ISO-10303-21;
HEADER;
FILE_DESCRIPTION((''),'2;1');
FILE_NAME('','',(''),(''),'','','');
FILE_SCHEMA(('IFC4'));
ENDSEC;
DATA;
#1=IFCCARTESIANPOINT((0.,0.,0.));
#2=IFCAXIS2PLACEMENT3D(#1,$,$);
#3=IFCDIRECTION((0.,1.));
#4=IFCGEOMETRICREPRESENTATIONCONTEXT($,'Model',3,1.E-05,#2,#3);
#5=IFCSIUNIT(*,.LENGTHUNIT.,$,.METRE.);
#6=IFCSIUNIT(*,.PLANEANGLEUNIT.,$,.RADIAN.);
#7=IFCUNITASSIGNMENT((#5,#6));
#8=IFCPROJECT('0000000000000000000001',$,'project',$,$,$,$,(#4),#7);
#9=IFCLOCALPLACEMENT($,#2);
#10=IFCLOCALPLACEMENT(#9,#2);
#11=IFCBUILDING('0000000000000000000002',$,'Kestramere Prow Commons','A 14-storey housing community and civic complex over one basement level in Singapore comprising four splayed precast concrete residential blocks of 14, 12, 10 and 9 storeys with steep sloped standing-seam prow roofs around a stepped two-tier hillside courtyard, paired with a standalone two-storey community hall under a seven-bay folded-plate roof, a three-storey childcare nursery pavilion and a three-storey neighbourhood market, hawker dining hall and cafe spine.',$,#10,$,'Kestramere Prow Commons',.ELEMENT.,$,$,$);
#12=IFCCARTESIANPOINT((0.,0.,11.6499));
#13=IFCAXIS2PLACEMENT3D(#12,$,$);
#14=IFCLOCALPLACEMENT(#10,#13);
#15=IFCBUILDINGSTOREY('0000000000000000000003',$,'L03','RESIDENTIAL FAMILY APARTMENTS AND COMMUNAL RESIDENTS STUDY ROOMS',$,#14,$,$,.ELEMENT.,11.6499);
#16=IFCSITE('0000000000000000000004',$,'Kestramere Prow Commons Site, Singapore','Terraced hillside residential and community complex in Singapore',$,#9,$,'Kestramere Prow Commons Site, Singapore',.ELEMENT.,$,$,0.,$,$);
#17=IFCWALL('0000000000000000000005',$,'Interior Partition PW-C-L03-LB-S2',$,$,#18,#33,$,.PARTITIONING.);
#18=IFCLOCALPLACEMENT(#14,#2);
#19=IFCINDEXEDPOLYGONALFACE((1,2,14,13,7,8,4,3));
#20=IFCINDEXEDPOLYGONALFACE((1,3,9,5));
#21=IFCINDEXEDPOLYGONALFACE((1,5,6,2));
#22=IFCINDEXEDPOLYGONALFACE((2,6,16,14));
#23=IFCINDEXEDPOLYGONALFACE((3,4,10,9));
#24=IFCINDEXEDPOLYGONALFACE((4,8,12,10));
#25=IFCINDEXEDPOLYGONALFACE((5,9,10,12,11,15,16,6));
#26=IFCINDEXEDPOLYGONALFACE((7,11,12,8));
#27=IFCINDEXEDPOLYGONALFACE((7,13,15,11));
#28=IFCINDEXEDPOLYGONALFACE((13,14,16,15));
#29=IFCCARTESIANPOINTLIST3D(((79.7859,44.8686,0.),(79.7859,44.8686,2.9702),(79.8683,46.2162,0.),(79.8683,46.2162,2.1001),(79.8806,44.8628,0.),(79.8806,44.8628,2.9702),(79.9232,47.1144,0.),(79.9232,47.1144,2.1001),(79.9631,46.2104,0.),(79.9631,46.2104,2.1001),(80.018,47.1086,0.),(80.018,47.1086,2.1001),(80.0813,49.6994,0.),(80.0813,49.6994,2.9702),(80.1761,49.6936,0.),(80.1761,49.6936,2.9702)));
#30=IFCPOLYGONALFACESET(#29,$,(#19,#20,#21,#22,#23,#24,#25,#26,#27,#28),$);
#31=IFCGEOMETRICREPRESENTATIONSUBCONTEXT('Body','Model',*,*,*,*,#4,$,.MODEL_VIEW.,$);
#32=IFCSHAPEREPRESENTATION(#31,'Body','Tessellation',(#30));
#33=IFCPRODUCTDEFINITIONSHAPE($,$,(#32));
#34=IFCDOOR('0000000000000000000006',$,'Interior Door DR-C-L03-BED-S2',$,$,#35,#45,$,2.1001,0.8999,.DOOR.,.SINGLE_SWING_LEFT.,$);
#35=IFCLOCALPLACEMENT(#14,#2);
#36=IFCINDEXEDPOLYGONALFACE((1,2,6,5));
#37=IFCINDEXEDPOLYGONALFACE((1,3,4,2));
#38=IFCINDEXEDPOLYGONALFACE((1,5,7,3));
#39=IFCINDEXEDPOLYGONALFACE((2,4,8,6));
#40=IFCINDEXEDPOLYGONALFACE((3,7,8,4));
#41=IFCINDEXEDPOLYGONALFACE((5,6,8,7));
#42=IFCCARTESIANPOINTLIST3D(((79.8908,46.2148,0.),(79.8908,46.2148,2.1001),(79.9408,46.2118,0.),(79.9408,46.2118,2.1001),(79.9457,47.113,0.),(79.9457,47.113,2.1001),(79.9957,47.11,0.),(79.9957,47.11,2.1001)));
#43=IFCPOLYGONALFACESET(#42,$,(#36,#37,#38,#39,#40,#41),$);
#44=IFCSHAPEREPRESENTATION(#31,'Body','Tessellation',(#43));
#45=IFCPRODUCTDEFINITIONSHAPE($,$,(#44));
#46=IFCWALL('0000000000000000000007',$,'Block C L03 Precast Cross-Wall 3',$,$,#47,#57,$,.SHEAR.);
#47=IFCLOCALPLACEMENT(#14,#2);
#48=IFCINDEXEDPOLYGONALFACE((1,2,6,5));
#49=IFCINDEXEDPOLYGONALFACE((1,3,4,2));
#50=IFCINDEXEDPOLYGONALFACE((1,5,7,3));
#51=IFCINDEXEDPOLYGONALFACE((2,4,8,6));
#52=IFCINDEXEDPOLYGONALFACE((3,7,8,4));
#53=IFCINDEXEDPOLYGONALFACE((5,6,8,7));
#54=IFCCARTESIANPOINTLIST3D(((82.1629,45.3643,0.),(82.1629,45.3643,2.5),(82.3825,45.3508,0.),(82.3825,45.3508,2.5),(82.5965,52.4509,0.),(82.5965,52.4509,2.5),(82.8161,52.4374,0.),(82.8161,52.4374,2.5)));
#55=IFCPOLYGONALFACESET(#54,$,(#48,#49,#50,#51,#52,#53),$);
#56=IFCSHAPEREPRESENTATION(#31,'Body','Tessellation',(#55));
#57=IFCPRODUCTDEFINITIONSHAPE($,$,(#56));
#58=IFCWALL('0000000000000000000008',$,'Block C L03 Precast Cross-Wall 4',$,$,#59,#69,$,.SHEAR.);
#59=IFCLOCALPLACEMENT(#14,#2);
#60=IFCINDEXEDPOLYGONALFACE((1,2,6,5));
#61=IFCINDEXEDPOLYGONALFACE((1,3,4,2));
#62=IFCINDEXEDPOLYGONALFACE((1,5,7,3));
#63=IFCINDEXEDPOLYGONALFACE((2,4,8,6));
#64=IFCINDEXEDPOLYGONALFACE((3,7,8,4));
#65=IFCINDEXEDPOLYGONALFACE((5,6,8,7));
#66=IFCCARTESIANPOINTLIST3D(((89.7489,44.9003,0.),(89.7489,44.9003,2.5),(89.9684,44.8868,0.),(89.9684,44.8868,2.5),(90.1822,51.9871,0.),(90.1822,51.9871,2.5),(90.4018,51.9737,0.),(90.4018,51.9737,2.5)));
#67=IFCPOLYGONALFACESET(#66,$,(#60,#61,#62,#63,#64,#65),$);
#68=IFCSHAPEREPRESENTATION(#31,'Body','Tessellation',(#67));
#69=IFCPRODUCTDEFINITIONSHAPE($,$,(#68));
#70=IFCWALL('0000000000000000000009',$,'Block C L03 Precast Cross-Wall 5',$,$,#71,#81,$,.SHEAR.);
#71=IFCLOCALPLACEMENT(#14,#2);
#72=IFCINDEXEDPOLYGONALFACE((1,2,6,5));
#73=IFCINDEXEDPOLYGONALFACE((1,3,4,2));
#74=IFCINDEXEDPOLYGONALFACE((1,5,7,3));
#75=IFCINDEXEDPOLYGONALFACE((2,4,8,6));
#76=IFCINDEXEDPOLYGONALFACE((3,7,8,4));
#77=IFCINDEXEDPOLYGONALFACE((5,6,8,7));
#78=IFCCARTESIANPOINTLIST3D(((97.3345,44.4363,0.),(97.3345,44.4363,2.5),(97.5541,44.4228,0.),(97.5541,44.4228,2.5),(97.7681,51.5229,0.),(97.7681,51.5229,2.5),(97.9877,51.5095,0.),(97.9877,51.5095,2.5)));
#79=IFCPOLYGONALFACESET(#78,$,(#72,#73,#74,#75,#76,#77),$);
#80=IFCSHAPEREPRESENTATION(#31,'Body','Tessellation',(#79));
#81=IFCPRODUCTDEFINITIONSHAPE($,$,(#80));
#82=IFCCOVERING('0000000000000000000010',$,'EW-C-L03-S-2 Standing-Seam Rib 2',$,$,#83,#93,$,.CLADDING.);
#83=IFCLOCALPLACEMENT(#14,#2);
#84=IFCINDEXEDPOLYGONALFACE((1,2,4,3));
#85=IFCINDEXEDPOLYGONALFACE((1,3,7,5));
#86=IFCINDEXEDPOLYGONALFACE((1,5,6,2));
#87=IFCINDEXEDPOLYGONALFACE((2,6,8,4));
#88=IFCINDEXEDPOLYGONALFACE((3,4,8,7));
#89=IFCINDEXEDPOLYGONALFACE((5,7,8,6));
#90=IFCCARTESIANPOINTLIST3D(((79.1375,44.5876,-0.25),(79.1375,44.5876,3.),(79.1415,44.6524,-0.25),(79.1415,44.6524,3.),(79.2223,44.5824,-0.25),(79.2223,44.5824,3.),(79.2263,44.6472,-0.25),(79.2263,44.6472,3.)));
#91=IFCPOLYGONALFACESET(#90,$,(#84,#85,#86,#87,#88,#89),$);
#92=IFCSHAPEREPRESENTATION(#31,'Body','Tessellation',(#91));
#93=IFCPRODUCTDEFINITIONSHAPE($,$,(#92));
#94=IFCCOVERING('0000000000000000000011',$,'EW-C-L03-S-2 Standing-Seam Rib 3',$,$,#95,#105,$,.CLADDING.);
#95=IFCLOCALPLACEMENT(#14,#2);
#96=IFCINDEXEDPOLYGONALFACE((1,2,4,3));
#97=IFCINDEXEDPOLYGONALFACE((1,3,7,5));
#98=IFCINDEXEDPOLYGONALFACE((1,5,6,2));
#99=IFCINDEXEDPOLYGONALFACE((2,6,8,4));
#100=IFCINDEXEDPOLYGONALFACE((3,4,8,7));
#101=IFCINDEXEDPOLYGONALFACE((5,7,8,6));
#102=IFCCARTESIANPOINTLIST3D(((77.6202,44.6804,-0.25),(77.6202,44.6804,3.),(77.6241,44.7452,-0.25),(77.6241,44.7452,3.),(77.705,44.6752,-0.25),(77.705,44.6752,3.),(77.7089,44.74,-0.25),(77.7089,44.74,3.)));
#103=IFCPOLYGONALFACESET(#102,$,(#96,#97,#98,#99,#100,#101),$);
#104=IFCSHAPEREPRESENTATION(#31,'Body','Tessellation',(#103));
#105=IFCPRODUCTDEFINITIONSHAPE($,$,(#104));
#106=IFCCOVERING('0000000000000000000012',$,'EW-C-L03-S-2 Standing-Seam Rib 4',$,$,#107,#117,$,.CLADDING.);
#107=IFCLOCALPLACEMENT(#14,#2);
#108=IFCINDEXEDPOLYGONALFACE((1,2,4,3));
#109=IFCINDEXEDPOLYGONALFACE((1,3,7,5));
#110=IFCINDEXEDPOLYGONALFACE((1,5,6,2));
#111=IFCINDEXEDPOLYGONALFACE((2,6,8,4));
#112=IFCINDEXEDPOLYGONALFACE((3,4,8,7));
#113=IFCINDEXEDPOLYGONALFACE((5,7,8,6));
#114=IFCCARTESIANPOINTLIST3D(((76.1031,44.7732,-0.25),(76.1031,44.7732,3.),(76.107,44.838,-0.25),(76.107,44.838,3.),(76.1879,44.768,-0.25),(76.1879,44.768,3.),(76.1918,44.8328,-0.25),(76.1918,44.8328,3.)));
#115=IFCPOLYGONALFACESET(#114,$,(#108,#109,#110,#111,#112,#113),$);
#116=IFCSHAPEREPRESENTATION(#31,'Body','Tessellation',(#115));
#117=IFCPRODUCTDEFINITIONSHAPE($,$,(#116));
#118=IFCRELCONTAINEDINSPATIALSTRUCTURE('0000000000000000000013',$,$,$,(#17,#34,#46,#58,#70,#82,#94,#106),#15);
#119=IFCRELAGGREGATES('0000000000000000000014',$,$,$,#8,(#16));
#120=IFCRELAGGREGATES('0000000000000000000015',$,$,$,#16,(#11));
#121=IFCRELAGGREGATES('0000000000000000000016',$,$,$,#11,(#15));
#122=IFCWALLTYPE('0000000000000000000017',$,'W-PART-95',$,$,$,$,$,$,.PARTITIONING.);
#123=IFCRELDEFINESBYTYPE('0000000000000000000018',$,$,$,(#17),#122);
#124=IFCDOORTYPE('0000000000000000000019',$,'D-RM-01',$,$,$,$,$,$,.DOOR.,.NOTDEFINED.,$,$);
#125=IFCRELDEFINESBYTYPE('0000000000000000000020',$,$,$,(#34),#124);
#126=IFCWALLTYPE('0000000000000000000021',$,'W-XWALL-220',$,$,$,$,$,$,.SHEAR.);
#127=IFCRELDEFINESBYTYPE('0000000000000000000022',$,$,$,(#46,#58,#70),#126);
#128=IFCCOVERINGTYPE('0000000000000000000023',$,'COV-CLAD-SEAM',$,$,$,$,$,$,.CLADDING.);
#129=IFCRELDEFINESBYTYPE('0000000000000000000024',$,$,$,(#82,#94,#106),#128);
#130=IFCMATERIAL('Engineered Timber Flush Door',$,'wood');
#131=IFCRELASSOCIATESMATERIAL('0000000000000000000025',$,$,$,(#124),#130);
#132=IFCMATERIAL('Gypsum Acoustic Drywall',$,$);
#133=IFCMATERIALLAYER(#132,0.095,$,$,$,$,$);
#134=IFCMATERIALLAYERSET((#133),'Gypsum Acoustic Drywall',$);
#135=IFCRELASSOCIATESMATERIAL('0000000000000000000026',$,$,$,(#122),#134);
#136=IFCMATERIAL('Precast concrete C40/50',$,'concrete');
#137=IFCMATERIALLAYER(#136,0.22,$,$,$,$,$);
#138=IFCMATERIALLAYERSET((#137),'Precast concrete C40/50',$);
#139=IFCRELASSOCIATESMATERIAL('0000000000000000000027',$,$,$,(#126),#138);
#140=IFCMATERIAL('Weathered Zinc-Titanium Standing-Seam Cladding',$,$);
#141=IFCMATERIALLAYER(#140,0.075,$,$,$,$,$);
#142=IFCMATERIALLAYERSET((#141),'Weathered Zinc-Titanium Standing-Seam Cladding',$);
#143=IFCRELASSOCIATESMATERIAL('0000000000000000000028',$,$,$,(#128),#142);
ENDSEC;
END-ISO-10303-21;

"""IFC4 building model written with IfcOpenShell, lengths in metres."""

from ifc_helpers import new_model, si_unit, direction, frame, frame_2d, origin, origin_2d, place, context, subcontext, project, spatial, rectangle, extrude, material, layer, layer_set, type_object, element, fill, save


model = new_model("IFC4")

# Units and contexts
model_context = context("Model", 3, precision=1e-05, world=origin(), true_north=direction((0.0, 1.0)))
body_context = subcontext(model_context, "Body", "Model", "MODEL_VIEW")
ifc_project = project(units=[si_unit("LENGTHUNIT", "METRE"), si_unit("PLANEANGLEUNIT", "RADIAN")], contexts=[model_context])

# Site, building, storey
site_placement = place(None, origin())
site = spatial("IfcSite", under=ifc_project, at=site_placement, Name="Kestramere Prow Commons Site, Singapore", Description="Terraced hillside residential and community complex in Singapore", LongName="Kestramere Prow Commons Site, Singapore", CompositionType="ELEMENT", RefElevation=0.0)
building_placement = place(site_placement, origin())
building = spatial("IfcBuilding", under=site, at=building_placement, Name="Kestramere Prow Commons", Description="A 14-storey housing community and civic complex over one basement level in Singapore comprising four splayed precast concrete residential blocks of 14, 12, 10 and 9 storeys with steep sloped standing-seam prow roofs around a stepped two-tier hillside courtyard, paired with a standalone two-storey community hall under a seven-bay folded-plate roof, a three-storey childcare nursery pavilion and a three-storey neighbourhood market, hawker dining hall and cafe spine.", LongName="Kestramere Prow Commons", CompositionType="ELEMENT")
storey_placement = place(building_placement, frame((0.0, 0.0, 11.6499)))
storey = spatial("IfcBuildingStorey", under=building, at=storey_placement, Name="L03", Description="RESIDENTIAL FAMILY APARTMENTS AND COMMUNAL RESIDENTS STUDY ROOMS", CompositionType="ELEMENT", Elevation=11.6499)

# Shared definitions
ifc_material_1 = material(Name="Precast concrete C40/50", Category="concrete")

# Wall, opening, door
ifc_material_2 = material(Name="Engineered Timber Flush Door", Category="wood")
door_type_1 = type_object("IfcDoorType", Name="D-RM-01", OperationType="NOTDEFINED", PredefinedType="DOOR", material=ifc_material_2)
ifc_material_3 = material(Name="Gypsum Acoustic Drywall")
ifc_layer_1 = layer(ifc_material_3, 0.095)
ifc_layer_set_1 = layer_set([ifc_layer_1], Name="Gypsum Acoustic Drywall")
wall_type_1 = type_object("IfcWallType", Name="W-PART-95", PredefinedType="PARTITIONING", material=ifc_layer_set_1)
wall_1_placement = place(storey_placement, frame((79.8333, 44.8657, 0.0), z_axis=(0.0, 0.0, 1.0), x_axis=(0.061037, 0.998135, 0.0)))
wall_1 = element("IfcWall", 1, at=wall_1_placement, inside=storey, type_object=wall_type_1, Name="Interior Partition PW-C-L03-LB-S2", PredefinedType="PARTITIONING", context=body_context, shape_type="SweptSolid", body=[
    extrude(rectangle(XDim=4.8398, YDim=0.095, at=frame_2d((2.4199, 0.0))), origin(), (0.0, 0.0, 1.0), 2.9702),
])
opening_1_placement = place(wall_1_placement, frame((1.3501, 0.0, 0.0)))
opening_1 = element("IfcOpeningElement", 2, at=opening_1_placement, cuts=wall_1, PredefinedType="OPENING", context=body_context, shape_type="SweptSolid", body=[
    extrude(rectangle(XDim=0.8999, YDim=2.1001, at=frame_2d((0.45, 1.05))), frame((0.0, 0.0625, 0.0), z_axis=(0.0, -1.0, 0.0), x_axis=(1.0, 0.0, 0.0)), (0.0, 0.0, 1.0), 0.125),
])
door_1_placement = place(opening_1_placement, origin())
door_1 = element("IfcDoor", 3, at=door_1_placement, inside=storey, type_object=door_type_1, Name="Interior Door DR-C-L03-BED-S2", OperationType="SINGLE_SWING_LEFT", OverallHeight=2.1001, OverallWidth=0.8999, PredefinedType="DOOR", context=body_context, shape_type="SweptSolid", body=[
    extrude(rectangle(XDim=0.8999, YDim=2.1001, at=frame_2d((0.45, 1.05))), frame((0.0, 0.0249, 0.0), z_axis=(0.0, -1.0, 0.0), x_axis=(1.0, 0.0, 0.0)), (0.0, 0.0, 1.0), 0.05),
])
fill(opening_1, door_1)

# Walls
ifc_layer_2 = layer(ifc_material_1, 0.22)
ifc_layer_set_2 = layer_set([ifc_layer_2], Name="Precast concrete C40/50")
wall_type_2 = type_object("IfcWallType", Name="W-XWALL-220", PredefinedType="SHEAR", material=ifc_layer_set_2)
wall_2_placement = place(storey_placement, frame((82.2727, 45.3577, 0.0), z_axis=(0.0, 0.0, 1.0), x_axis=(0.06107, 0.998133, 0.0)))
element("IfcWall", 4, at=wall_2_placement, inside=storey, type_object=wall_type_2, Name="Block C L03 Precast Cross-Wall 3", PredefinedType="SHEAR", context=body_context, shape_type="SweptSolid", body=[
    extrude(rectangle(XDim=7.0999, YDim=0.22, at=frame_2d((3.5498, 0.0))), origin(), (0.0, 0.0, 1.0), 2.5),
])
wall_3_placement = place(storey_placement, frame((89.8586, 44.8936, 0.0), z_axis=(0.0, 0.0, 1.0), x_axis=(0.061034, 0.998136, 0.0)))
element("IfcWall", 5, at=wall_3_placement, inside=storey, type_object=wall_type_2, Name="Block C L03 Precast Cross-Wall 4", PredefinedType="SHEAR", context=body_context, shape_type="SweptSolid", body=[
    extrude(rectangle(XDim=7.1001, YDim=0.22, at=frame_2d((3.55, 0.0))), origin(), (0.0, 0.0, 1.0), 2.5),
])
wall_4_placement = place(storey_placement, frame((97.4443, 44.4297, 0.0), z_axis=(0.0, 0.0, 1.0), x_axis=(0.06107, 0.998133, 0.0)))
element("IfcWall", 6, at=wall_4_placement, inside=storey, type_object=wall_type_2, Name="Block C L03 Precast Cross-Wall 5", PredefinedType="SHEAR", context=body_context, shape_type="SweptSolid", body=[
    extrude(rectangle(XDim=7.0999, YDim=0.22, at=frame_2d((3.5498, 0.0))), origin(), (0.0, 0.0, 1.0), 2.5),
])

# Coverings
ifc_material_4 = material(Name="Weathered Zinc-Titanium Standing-Seam Cladding")
ifc_layer_3 = layer(ifc_material_4, 0.075)
ifc_layer_set_3 = layer_set([ifc_layer_3], Name="Weathered Zinc-Titanium Standing-Seam Cladding")
covering_type = type_object("IfcCoveringType", Name="COV-CLAD-SEAM", PredefinedType="CLADDING", material=ifc_layer_set_3)
for number, where, z_axis, x_axis, name in (
    (7, (79.1819, 44.6174, -0.25), (0.0, 0.0, 1.0), (-0.998135, 0.061049, 0.0), "EW-C-L03-S-2 Standing-Seam Rib 2"),
    (8, (77.6646, 44.7102, -0.25), (0.0, 0.0, 1.0), (-0.998135, 0.061049, 0.0), "EW-C-L03-S-2 Standing-Seam Rib 3"),
    (9, (76.1475, 44.803, -0.25), (0.0, 0.0, 1.0), (-0.998135, 0.061049, 0.0), "EW-C-L03-S-2 Standing-Seam Rib 4"),
):
    element("IfcCovering", number, at=place(storey_placement, frame(where, z_axis=z_axis, x_axis=x_axis)), inside=storey, type_object=covering_type, Name=name, PredefinedType="CLADDING", context=body_context, shape_type="SweptSolid", body=[
        extrude(rectangle(XDim=0.085, YDim=0.0649, at=origin_2d()), origin(), (0.0, 0.0, 1.0), 3.25),
    ])

save(model, "model.ifc")
